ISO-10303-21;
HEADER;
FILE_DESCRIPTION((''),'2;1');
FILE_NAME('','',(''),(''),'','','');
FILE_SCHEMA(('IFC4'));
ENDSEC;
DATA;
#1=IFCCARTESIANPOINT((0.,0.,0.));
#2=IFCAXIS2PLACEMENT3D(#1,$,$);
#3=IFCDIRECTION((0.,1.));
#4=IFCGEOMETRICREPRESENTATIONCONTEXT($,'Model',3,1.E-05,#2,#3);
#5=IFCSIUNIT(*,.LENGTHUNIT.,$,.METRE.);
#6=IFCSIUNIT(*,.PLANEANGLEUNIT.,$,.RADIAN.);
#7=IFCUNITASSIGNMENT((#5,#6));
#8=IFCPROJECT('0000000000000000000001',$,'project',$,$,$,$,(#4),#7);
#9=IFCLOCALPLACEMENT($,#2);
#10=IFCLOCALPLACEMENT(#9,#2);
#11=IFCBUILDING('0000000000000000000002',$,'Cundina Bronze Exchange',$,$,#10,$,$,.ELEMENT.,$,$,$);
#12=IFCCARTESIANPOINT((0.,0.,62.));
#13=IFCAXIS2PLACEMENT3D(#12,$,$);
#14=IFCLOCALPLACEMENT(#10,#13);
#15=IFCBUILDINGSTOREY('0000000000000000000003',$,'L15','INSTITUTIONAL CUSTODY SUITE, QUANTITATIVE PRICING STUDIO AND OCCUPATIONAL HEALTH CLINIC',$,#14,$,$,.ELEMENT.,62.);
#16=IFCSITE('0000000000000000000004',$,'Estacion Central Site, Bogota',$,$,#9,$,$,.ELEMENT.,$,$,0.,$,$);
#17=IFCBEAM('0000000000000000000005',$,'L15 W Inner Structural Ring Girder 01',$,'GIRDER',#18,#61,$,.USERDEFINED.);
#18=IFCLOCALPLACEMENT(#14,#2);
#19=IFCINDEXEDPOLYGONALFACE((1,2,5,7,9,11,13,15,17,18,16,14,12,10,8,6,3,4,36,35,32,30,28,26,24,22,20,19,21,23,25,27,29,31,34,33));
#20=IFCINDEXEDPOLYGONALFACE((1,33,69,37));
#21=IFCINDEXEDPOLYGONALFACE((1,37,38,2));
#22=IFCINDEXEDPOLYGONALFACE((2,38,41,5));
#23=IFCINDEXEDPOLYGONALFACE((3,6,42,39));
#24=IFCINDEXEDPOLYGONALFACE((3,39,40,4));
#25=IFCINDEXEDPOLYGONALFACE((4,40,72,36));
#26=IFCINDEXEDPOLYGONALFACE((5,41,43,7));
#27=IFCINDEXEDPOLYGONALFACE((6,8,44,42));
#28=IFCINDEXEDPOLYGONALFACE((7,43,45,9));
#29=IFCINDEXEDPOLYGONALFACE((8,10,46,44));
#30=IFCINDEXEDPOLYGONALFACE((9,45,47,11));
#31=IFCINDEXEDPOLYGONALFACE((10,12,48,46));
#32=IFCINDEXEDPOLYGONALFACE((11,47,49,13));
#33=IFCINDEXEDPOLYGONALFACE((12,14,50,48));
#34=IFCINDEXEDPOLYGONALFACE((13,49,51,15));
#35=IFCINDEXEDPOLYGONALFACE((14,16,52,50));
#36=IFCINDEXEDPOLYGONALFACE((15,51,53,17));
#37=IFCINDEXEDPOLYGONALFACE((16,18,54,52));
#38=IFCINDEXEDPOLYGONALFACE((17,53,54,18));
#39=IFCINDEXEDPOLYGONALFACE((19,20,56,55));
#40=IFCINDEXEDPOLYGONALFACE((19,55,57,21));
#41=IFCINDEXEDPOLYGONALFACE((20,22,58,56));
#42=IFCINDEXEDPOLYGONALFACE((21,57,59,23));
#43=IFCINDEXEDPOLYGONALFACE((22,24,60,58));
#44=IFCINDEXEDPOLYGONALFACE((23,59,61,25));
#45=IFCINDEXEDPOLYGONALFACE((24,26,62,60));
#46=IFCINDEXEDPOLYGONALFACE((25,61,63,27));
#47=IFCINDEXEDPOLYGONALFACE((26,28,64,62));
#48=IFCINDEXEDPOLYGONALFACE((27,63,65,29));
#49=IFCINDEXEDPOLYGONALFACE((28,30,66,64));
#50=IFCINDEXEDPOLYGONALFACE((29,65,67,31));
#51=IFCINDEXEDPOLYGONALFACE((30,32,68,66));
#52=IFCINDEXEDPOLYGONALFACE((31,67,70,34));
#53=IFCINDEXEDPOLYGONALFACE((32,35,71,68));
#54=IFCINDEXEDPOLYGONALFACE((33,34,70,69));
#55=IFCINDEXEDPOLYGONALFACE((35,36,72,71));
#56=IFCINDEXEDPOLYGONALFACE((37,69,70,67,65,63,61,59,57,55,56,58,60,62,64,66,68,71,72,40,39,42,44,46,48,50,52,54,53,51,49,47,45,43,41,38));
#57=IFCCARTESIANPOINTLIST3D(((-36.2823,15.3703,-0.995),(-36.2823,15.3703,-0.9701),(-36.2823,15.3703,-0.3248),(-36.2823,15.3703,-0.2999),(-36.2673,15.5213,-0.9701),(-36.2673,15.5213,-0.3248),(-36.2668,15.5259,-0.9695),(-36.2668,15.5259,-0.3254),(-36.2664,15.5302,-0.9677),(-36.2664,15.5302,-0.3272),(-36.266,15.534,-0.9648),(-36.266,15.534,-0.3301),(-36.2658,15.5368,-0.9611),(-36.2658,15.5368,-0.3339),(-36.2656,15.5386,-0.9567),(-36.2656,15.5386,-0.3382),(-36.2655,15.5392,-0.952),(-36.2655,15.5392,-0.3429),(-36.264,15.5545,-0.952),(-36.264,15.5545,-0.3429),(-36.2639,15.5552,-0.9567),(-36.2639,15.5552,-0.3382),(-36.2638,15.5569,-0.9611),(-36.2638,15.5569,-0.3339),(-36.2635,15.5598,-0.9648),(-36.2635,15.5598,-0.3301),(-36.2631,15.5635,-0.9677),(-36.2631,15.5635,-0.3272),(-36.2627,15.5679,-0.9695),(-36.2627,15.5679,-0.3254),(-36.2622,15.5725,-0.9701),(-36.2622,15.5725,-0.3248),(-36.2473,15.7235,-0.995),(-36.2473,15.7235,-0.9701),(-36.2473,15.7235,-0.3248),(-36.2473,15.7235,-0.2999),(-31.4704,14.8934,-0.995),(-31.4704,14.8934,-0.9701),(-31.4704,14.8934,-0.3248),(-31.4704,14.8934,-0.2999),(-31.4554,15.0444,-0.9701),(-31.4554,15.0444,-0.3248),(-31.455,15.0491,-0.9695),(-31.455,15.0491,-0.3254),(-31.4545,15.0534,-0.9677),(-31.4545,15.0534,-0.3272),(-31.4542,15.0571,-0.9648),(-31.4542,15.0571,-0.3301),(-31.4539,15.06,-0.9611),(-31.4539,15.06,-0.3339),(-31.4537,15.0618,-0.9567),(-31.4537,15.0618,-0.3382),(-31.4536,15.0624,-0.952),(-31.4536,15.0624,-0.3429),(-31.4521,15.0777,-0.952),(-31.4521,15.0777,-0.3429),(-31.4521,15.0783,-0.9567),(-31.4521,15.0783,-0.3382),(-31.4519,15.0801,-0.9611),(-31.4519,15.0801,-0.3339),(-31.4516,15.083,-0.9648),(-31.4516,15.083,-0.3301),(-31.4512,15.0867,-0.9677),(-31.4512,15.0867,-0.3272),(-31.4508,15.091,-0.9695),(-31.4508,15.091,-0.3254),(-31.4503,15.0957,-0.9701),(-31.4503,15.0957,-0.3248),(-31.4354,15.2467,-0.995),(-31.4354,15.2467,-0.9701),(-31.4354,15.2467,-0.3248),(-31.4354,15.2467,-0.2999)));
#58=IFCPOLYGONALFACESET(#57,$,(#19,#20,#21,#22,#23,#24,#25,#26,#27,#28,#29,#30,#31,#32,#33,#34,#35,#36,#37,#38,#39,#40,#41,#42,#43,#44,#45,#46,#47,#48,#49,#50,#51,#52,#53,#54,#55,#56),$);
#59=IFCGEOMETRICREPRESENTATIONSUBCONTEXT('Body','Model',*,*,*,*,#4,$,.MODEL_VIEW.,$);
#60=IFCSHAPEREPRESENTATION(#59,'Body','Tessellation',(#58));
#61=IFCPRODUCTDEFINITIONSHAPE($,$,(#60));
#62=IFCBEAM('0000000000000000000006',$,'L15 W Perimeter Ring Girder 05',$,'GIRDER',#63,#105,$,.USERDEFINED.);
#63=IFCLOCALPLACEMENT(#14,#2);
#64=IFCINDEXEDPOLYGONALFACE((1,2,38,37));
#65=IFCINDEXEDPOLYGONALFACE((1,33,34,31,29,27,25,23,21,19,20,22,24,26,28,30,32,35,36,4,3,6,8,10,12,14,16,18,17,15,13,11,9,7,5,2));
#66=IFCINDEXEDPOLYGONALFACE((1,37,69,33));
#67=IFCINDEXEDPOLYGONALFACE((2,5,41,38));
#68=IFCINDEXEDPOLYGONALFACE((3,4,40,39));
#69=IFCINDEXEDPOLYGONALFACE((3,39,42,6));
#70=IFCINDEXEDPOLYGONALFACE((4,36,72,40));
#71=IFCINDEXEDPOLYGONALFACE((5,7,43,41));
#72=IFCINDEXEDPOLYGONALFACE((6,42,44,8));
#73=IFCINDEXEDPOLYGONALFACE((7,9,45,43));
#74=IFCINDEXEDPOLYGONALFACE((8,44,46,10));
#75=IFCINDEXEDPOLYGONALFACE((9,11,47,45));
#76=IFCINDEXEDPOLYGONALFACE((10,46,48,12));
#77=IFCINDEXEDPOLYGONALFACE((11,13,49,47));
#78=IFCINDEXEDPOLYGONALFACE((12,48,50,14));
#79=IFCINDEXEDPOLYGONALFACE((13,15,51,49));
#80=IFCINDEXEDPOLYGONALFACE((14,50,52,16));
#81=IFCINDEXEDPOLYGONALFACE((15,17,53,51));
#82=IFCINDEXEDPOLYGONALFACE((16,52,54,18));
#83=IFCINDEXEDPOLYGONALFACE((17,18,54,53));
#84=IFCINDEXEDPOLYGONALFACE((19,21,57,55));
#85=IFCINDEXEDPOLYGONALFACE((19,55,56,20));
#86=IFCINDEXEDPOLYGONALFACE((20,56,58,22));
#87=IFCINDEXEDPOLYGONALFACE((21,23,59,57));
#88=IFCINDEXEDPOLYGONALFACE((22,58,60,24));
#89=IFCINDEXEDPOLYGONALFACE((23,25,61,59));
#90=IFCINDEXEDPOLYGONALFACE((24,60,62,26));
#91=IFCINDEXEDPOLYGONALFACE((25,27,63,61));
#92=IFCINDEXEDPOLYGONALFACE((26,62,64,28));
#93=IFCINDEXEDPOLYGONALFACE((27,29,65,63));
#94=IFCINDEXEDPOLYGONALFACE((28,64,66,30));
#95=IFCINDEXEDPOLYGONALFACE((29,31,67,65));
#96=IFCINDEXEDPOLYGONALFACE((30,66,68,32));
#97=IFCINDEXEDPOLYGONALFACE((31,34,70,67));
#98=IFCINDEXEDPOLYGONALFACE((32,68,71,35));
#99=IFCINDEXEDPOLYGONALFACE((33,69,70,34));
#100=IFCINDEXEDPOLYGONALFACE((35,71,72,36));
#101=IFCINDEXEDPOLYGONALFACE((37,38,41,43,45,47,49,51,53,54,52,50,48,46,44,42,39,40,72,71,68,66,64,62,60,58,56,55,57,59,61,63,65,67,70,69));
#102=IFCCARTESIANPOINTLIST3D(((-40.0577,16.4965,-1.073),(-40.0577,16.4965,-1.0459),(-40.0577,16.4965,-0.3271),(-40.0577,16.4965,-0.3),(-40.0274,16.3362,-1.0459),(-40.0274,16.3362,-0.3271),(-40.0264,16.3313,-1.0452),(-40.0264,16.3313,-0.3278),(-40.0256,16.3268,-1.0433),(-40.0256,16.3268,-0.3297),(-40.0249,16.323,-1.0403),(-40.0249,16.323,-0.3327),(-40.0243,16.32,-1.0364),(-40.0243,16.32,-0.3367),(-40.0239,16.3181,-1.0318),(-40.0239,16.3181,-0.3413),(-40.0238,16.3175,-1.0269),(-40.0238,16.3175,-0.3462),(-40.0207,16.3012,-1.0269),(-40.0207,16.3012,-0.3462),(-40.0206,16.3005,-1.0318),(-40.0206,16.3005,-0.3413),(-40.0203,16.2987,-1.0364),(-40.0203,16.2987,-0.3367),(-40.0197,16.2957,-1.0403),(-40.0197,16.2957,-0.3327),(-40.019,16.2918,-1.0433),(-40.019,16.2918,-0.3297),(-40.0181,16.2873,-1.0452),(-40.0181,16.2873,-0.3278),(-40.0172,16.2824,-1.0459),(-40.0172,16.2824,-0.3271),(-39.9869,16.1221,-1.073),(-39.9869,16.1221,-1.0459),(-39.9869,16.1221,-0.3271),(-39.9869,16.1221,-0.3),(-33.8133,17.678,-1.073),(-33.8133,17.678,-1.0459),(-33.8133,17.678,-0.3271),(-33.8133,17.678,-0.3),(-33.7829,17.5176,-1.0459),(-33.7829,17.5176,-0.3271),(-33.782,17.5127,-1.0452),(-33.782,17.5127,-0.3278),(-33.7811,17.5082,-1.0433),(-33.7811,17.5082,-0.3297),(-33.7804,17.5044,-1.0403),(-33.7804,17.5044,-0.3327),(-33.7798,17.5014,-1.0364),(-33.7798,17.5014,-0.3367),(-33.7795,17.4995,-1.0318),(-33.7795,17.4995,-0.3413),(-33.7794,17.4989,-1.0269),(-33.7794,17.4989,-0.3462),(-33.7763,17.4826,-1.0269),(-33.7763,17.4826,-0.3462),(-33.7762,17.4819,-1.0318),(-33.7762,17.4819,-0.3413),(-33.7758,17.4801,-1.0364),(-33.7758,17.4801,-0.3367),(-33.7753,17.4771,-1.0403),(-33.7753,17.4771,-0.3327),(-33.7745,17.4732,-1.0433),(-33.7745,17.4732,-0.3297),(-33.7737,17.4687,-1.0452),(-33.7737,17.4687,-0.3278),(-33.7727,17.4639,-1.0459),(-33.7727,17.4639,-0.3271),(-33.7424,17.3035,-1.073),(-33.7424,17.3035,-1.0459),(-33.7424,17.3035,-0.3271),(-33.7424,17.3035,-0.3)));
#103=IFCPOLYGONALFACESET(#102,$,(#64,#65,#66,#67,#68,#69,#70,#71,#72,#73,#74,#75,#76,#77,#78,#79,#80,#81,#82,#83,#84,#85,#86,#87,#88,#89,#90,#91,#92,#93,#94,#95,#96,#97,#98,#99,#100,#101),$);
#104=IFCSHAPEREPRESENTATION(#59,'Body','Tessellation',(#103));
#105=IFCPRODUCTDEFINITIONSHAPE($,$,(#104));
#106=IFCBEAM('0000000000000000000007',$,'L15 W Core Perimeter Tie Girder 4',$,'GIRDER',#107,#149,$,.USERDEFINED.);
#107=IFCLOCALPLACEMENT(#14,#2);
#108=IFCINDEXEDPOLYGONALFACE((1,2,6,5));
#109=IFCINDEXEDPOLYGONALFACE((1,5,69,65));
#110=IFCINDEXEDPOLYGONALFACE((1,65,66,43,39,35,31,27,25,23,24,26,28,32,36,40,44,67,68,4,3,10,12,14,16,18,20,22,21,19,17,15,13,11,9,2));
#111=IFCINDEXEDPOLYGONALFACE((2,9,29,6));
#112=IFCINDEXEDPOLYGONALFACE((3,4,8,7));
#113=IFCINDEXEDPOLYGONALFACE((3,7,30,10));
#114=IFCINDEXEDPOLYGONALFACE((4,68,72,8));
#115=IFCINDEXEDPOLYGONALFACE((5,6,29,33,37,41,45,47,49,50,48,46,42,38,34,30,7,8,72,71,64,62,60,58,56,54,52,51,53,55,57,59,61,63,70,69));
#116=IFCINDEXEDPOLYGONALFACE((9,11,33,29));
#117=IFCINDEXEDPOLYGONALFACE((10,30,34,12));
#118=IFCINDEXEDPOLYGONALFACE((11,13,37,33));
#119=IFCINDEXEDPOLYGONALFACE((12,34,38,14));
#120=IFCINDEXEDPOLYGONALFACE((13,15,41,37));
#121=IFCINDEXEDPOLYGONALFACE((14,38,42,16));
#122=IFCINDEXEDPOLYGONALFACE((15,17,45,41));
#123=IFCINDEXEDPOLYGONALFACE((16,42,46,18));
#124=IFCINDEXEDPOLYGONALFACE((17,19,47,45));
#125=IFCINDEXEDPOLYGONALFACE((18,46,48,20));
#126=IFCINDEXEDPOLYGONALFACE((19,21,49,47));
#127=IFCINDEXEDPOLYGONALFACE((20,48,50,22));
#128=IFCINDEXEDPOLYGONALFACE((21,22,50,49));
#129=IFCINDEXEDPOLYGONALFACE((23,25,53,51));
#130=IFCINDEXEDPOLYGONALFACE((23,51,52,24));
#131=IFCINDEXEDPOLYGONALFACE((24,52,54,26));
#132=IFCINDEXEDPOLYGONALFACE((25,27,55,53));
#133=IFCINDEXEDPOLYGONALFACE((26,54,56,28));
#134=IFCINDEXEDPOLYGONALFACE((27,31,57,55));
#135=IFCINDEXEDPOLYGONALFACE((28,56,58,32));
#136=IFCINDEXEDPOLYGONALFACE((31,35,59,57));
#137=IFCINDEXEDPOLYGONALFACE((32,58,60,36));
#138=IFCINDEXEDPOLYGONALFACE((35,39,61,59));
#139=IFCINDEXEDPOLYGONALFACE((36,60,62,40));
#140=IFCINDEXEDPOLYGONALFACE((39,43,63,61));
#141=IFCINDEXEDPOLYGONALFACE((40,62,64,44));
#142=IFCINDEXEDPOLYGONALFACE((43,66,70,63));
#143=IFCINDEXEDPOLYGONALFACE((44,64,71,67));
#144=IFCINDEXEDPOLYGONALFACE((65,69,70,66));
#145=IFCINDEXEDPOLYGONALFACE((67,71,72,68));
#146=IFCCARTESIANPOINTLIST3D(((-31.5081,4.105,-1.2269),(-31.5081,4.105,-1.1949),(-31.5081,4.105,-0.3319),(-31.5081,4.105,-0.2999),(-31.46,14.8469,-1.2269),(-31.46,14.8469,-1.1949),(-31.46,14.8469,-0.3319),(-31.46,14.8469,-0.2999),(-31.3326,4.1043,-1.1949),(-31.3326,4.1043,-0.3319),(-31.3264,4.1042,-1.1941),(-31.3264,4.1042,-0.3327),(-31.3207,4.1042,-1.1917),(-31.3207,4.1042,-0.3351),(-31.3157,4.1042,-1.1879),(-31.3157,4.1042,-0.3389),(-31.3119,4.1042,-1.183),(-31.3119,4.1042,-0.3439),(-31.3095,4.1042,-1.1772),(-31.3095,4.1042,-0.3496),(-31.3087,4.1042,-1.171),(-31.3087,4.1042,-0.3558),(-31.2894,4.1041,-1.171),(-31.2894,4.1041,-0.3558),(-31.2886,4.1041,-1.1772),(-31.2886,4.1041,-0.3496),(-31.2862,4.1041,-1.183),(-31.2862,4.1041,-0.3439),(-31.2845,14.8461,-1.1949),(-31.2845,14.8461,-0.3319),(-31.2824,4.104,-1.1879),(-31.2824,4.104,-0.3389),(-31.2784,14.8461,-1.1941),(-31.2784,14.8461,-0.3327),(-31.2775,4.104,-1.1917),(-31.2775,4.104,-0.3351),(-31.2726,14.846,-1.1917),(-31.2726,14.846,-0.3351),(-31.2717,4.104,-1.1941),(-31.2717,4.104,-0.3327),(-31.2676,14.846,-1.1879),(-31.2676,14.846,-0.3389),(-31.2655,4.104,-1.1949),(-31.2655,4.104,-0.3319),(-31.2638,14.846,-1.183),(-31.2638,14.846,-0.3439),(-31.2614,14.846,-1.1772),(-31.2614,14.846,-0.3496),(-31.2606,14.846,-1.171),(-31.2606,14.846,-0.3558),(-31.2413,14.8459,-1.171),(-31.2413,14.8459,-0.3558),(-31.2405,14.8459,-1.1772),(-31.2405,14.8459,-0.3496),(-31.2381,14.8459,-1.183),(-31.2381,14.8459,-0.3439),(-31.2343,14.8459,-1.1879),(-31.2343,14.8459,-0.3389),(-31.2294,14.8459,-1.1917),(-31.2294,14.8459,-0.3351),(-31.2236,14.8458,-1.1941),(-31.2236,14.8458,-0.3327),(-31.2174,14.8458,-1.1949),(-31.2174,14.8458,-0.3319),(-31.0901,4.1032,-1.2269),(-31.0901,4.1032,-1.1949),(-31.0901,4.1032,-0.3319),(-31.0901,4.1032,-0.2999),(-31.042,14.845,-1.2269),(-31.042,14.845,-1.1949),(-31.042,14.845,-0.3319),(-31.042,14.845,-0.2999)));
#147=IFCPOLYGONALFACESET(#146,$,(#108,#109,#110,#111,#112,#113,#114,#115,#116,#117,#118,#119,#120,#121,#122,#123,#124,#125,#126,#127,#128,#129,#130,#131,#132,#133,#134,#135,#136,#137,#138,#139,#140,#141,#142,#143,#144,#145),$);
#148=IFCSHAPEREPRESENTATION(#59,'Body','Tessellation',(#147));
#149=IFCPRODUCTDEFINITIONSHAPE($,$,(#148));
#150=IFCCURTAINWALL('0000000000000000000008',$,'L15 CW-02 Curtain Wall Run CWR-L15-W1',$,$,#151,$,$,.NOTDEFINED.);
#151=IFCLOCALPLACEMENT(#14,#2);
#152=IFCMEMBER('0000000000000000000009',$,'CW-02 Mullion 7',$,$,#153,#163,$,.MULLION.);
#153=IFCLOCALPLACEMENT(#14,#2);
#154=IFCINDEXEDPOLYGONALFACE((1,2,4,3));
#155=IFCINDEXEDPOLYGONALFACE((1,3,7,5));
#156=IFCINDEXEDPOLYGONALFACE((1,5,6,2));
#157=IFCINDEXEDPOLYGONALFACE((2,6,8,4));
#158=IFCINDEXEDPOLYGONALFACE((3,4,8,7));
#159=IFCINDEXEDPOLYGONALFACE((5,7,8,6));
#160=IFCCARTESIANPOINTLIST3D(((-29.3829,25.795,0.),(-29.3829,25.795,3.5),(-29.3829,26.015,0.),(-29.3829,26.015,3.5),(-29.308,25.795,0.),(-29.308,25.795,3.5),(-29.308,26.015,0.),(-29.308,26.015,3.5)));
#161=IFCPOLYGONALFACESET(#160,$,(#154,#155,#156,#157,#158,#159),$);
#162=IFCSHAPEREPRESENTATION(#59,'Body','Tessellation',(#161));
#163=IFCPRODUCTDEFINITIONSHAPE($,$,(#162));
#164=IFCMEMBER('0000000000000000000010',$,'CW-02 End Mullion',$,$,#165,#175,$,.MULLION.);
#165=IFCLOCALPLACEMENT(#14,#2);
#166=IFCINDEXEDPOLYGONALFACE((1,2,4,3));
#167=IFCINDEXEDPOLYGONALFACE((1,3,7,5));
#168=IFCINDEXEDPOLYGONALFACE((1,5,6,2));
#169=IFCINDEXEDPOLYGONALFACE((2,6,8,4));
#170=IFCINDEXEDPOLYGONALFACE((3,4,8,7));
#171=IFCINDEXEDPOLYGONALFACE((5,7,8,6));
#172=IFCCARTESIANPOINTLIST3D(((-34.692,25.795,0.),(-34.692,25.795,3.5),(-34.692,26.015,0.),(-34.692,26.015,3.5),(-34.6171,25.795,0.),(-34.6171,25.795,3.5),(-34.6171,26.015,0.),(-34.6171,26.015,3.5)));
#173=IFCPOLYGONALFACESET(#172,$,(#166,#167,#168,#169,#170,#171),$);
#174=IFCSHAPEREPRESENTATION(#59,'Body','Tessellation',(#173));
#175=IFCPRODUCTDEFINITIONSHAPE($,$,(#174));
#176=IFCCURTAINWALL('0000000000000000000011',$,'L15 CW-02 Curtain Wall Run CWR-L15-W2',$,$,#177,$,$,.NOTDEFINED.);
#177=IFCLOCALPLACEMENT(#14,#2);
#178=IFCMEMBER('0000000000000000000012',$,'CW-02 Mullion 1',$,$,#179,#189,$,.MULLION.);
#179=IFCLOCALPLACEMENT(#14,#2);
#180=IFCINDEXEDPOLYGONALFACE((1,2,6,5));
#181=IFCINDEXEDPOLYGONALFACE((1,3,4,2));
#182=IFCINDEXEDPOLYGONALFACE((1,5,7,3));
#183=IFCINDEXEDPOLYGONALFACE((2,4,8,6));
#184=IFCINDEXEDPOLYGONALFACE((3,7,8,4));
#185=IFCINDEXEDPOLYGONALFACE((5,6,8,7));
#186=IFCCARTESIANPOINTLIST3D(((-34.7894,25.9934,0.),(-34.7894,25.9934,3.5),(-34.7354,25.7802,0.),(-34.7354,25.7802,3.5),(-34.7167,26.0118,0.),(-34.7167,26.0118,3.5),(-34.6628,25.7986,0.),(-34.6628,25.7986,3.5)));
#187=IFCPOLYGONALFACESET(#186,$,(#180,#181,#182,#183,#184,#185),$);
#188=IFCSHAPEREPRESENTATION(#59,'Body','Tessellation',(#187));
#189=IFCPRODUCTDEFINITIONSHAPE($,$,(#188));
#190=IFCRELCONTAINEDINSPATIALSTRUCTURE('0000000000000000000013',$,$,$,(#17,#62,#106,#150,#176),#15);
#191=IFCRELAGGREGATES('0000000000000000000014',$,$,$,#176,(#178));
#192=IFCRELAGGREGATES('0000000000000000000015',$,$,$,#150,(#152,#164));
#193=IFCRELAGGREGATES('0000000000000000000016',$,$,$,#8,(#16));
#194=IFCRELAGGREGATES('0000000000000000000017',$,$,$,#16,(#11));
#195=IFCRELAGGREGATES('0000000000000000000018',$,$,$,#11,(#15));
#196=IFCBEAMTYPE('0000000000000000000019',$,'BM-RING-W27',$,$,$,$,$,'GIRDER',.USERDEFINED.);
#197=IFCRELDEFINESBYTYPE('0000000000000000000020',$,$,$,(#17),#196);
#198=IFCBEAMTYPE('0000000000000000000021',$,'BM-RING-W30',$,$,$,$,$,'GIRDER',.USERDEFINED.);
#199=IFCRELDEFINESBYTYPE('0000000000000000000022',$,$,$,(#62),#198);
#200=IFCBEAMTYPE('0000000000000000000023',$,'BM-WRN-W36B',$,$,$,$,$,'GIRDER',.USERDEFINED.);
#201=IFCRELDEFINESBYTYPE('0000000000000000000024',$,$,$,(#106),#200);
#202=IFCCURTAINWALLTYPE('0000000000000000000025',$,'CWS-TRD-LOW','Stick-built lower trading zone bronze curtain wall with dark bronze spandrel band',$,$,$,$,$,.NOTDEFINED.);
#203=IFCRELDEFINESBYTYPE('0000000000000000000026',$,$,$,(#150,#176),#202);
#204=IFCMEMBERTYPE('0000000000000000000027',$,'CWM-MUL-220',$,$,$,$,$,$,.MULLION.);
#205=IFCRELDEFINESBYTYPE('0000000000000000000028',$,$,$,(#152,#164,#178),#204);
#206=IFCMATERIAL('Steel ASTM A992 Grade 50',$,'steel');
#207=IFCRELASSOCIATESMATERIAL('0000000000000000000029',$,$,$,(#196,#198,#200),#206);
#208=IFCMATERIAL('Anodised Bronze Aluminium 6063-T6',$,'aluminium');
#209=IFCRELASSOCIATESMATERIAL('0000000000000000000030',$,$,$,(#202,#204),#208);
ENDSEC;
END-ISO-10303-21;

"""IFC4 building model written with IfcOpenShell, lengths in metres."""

from ifc_helpers import new_model, si_unit, direction, frame, origin, origin_2d, place, context, subcontext, project, spatial, rectangle, i_section, extrude, material, material_profile, profile_set, type_object, element, aggregate, save


model = new_model("IFC4")

# Units and contexts
model_context = context("Model", 3, precision=1e-05, world=origin(), true_north=direction((0.0, 1.0)))
body_context = subcontext(model_context, "Body", "Model", "MODEL_VIEW")
ifc_project = project(units=[si_unit("LENGTHUNIT", "METRE"), si_unit("PLANEANGLEUNIT", "RADIAN")], contexts=[model_context])

# Site, building, storey
site_placement = place(None, origin())
site = spatial("IfcSite", under=ifc_project, at=site_placement, Name="Estacion Central Site, Bogota", CompositionType="ELEMENT", RefElevation=0.0)
building_placement = place(site_placement, origin())
building = spatial("IfcBuilding", under=site, at=building_placement, Name="Cundina Bronze Exchange", CompositionType="ELEMENT")
storey_placement = place(building_placement, frame((0.0, 0.0, 62.0)))
storey = spatial("IfcBuildingStorey", under=building, at=storey_placement, Name="L15", Description="INSTITUTIONAL CUSTODY SUITE, QUANTITATIVE PRICING STUDIO AND OCCUPATIONAL HEALTH CLINIC", CompositionType="ELEMENT", Elevation=62.0)

# Shared definitions
ifc_material_1 = material(Name="Steel ASTM A992 Grade 50", Category="steel")

# Beams
ifc_material_profile_1 = material_profile(ifc_material_1, i_section(OverallWidth=0.355, OverallDepth=0.6951, WebThickness=0.0154, FlangeThickness=0.0249, FilletRadius=0.0181, at=origin_2d()), Name="W27X146", Category="steel")
ifc_profile_set_1 = profile_set([ifc_material_profile_1], Name="Steel ASTM A992 Grade 50")
beam_type_1 = type_object("IfcBeamType", Name="BM-RING-W27", ElementType="GIRDER", PredefinedType="USERDEFINED", material=ifc_profile_set_1)
beam_1_placement = place(storey_placement, frame((-31.4529, 15.0701, -0.6475), z_axis=(-0.995126, 0.098609, 0.0), x_axis=(-0.098609, -0.995126, 0.0)))
element("IfcBeam", 1, at=beam_1_placement, inside=storey, type_object=beam_type_1, Name="L15 W Inner Structural Ring Girder 01", ObjectType="GIRDER", PredefinedType="USERDEFINED", context=body_context, shape_type="SweptSolid", body=[
    extrude(i_section(OverallWidth=0.355, OverallDepth=0.6951, WebThickness=0.0154, FlangeThickness=0.0249, FilletRadius=0.0181, at=origin_2d()), origin(), (0.0, 0.0, 1.0), 4.8354),
])
ifc_material_profile_2 = material_profile(ifc_material_1, i_section(OverallWidth=0.3811, OverallDepth=0.7729, WebThickness=0.0166, FlangeThickness=0.0271, FilletRadius=0.019, at=origin_2d()), Name="W30X173", Category="steel")
ifc_profile_set_2 = profile_set([ifc_material_profile_2], Name="Steel ASTM A992 Grade 50")
beam_type_2 = type_object("IfcBeamType", Name="BM-RING-W30", ElementType="GIRDER", PredefinedType="USERDEFINED", material=ifc_profile_set_2)
beam_2_placement = place(storey_placement, frame((-33.7778, 17.4907, -0.6865), z_axis=(-0.982569, -0.185896, 0.0), x_axis=(0.185896, -0.982569, 0.0)))
element("IfcBeam", 2, at=beam_2_placement, inside=storey, type_object=beam_type_2, Name="L15 W Perimeter Ring Girder 05", ObjectType="GIRDER", PredefinedType="USERDEFINED", context=body_context, shape_type="SweptSolid", body=[
    extrude(i_section(OverallWidth=0.3811, OverallDepth=0.7729, WebThickness=0.0166, FlangeThickness=0.0271, FilletRadius=0.019, at=origin_2d()), origin(), (0.0, 0.0, 1.0), 6.3552),
])
ifc_material_profile_3 = material_profile(ifc_material_1, i_section(OverallWidth=0.418, OverallDepth=0.927, WebThickness=0.0193, FlangeThickness=0.032, FilletRadius=0.0239, at=origin_2d()), Name="W36X231", Category="steel")
ifc_profile_set_3 = profile_set([ifc_material_profile_3], Name="Steel ASTM A992 Grade 50")
beam_type_3 = type_object("IfcBeamType", Name="BM-WRN-W36B", ElementType="GIRDER", PredefinedType="USERDEFINED", material=ifc_profile_set_3)
beam_3_placement = place(storey_placement, frame((-31.251, 14.8459, -0.7634), z_axis=(-0.004477, -0.99999, 0.0), x_axis=(0.99999, -0.004477, 0.0)))
element("IfcBeam", 3, at=beam_3_placement, inside=storey, type_object=beam_type_3, Name="L15 W Core Perimeter Tie Girder 4", ObjectType="GIRDER", PredefinedType="USERDEFINED", context=body_context, shape_type="SweptSolid", body=[
    extrude(i_section(OverallWidth=0.418, OverallDepth=0.927, WebThickness=0.0193, FlangeThickness=0.032, FilletRadius=0.0239, at=origin_2d()), origin(), (0.0, 0.0, 1.0), 10.7419),
])

# Curtain wall, members
ifc_material_2 = material(Name="Anodised Bronze Aluminium 6063-T6", Category="aluminium")
curtain_wall_type = type_object("IfcCurtainWallType", Name="CWS-TRD-LOW", Description="Stick-built lower trading zone bronze curtain wall with dark bronze spandrel band", PredefinedType="NOTDEFINED", material=ifc_material_2)
curtain_wall_1_placement = place(storey_placement, origin())
curtain_wall_1 = element("IfcCurtainWall", 4, at=curtain_wall_1_placement, inside=storey, type_object=curtain_wall_type, Name="L15 CW-02 Curtain Wall Run CWR-L15-W1", PredefinedType="NOTDEFINED")
ifc_material_profile_4 = material_profile(ifc_material_2, rectangle(XDim=0.075, YDim=0.22, at=origin_2d()), Name="AL75X220", Category="aluminium")
ifc_profile_set_4 = profile_set([ifc_material_profile_4], Name="Anodised Bronze Aluminium 6063-T6")
member_type_1 = type_object("IfcMemberType", Name="CWM-MUL-220", PredefinedType="MULLION", material=ifc_profile_set_4)
member_1_placement = place(storey_placement, frame((-29.3455, 25.905, 0.0), z_axis=(0.0, 0.0, 1.0), x_axis=(-1.0, 0.0, 0.0)))
member_1 = element("IfcMember", 5, at=member_1_placement, type_object=member_type_1, Name="CW-02 Mullion 7", PredefinedType="MULLION", context=body_context, shape_type="SweptSolid", body=[
    extrude(rectangle(XDim=0.075, YDim=0.22, at=origin_2d()), origin(), (0.0, 0.0, 1.0), 3.5),
])
member_2_placement = place(storey_placement, frame((-34.6545, 25.905, 0.0), z_axis=(0.0, 0.0, 1.0), x_axis=(-1.0, 0.0, 0.0)))
member_2 = element("IfcMember", 6, at=member_2_placement, type_object=member_type_1, Name="CW-02 End Mullion", PredefinedType="MULLION", context=body_context, shape_type="SweptSolid", body=[
    extrude(rectangle(XDim=0.075, YDim=0.22, at=origin_2d()), origin(), (0.0, 0.0, 1.0), 3.5),
])

# Curtain wall, member
curtain_wall_2_placement = place(storey_placement, origin())
curtain_wall_2 = element("IfcCurtainWall", 7, at=curtain_wall_2_placement, inside=storey, type_object=curtain_wall_type, Name="L15 CW-02 Curtain Wall Run CWR-L15-W2", PredefinedType="NOTDEFINED")
member_3_placement = place(storey_placement, frame((-34.7261, 25.896, 0.0), z_axis=(0.0, 0.0, 1.0), x_axis=(-0.969488, -0.245138, 0.0)))
member_3 = element("IfcMember", 8, at=member_3_placement, type_object=member_type_1, Name="CW-02 Mullion 1", PredefinedType="MULLION", context=body_context, shape_type="SweptSolid", body=[
    extrude(rectangle(XDim=0.075, YDim=0.22, at=origin_2d()), origin(), (0.0, 0.0, 1.0), 3.5),
])
aggregate(curtain_wall_2, [member_3])

aggregate(curtain_wall_1, [member_1, member_2])

save(model, "model.ifc")
